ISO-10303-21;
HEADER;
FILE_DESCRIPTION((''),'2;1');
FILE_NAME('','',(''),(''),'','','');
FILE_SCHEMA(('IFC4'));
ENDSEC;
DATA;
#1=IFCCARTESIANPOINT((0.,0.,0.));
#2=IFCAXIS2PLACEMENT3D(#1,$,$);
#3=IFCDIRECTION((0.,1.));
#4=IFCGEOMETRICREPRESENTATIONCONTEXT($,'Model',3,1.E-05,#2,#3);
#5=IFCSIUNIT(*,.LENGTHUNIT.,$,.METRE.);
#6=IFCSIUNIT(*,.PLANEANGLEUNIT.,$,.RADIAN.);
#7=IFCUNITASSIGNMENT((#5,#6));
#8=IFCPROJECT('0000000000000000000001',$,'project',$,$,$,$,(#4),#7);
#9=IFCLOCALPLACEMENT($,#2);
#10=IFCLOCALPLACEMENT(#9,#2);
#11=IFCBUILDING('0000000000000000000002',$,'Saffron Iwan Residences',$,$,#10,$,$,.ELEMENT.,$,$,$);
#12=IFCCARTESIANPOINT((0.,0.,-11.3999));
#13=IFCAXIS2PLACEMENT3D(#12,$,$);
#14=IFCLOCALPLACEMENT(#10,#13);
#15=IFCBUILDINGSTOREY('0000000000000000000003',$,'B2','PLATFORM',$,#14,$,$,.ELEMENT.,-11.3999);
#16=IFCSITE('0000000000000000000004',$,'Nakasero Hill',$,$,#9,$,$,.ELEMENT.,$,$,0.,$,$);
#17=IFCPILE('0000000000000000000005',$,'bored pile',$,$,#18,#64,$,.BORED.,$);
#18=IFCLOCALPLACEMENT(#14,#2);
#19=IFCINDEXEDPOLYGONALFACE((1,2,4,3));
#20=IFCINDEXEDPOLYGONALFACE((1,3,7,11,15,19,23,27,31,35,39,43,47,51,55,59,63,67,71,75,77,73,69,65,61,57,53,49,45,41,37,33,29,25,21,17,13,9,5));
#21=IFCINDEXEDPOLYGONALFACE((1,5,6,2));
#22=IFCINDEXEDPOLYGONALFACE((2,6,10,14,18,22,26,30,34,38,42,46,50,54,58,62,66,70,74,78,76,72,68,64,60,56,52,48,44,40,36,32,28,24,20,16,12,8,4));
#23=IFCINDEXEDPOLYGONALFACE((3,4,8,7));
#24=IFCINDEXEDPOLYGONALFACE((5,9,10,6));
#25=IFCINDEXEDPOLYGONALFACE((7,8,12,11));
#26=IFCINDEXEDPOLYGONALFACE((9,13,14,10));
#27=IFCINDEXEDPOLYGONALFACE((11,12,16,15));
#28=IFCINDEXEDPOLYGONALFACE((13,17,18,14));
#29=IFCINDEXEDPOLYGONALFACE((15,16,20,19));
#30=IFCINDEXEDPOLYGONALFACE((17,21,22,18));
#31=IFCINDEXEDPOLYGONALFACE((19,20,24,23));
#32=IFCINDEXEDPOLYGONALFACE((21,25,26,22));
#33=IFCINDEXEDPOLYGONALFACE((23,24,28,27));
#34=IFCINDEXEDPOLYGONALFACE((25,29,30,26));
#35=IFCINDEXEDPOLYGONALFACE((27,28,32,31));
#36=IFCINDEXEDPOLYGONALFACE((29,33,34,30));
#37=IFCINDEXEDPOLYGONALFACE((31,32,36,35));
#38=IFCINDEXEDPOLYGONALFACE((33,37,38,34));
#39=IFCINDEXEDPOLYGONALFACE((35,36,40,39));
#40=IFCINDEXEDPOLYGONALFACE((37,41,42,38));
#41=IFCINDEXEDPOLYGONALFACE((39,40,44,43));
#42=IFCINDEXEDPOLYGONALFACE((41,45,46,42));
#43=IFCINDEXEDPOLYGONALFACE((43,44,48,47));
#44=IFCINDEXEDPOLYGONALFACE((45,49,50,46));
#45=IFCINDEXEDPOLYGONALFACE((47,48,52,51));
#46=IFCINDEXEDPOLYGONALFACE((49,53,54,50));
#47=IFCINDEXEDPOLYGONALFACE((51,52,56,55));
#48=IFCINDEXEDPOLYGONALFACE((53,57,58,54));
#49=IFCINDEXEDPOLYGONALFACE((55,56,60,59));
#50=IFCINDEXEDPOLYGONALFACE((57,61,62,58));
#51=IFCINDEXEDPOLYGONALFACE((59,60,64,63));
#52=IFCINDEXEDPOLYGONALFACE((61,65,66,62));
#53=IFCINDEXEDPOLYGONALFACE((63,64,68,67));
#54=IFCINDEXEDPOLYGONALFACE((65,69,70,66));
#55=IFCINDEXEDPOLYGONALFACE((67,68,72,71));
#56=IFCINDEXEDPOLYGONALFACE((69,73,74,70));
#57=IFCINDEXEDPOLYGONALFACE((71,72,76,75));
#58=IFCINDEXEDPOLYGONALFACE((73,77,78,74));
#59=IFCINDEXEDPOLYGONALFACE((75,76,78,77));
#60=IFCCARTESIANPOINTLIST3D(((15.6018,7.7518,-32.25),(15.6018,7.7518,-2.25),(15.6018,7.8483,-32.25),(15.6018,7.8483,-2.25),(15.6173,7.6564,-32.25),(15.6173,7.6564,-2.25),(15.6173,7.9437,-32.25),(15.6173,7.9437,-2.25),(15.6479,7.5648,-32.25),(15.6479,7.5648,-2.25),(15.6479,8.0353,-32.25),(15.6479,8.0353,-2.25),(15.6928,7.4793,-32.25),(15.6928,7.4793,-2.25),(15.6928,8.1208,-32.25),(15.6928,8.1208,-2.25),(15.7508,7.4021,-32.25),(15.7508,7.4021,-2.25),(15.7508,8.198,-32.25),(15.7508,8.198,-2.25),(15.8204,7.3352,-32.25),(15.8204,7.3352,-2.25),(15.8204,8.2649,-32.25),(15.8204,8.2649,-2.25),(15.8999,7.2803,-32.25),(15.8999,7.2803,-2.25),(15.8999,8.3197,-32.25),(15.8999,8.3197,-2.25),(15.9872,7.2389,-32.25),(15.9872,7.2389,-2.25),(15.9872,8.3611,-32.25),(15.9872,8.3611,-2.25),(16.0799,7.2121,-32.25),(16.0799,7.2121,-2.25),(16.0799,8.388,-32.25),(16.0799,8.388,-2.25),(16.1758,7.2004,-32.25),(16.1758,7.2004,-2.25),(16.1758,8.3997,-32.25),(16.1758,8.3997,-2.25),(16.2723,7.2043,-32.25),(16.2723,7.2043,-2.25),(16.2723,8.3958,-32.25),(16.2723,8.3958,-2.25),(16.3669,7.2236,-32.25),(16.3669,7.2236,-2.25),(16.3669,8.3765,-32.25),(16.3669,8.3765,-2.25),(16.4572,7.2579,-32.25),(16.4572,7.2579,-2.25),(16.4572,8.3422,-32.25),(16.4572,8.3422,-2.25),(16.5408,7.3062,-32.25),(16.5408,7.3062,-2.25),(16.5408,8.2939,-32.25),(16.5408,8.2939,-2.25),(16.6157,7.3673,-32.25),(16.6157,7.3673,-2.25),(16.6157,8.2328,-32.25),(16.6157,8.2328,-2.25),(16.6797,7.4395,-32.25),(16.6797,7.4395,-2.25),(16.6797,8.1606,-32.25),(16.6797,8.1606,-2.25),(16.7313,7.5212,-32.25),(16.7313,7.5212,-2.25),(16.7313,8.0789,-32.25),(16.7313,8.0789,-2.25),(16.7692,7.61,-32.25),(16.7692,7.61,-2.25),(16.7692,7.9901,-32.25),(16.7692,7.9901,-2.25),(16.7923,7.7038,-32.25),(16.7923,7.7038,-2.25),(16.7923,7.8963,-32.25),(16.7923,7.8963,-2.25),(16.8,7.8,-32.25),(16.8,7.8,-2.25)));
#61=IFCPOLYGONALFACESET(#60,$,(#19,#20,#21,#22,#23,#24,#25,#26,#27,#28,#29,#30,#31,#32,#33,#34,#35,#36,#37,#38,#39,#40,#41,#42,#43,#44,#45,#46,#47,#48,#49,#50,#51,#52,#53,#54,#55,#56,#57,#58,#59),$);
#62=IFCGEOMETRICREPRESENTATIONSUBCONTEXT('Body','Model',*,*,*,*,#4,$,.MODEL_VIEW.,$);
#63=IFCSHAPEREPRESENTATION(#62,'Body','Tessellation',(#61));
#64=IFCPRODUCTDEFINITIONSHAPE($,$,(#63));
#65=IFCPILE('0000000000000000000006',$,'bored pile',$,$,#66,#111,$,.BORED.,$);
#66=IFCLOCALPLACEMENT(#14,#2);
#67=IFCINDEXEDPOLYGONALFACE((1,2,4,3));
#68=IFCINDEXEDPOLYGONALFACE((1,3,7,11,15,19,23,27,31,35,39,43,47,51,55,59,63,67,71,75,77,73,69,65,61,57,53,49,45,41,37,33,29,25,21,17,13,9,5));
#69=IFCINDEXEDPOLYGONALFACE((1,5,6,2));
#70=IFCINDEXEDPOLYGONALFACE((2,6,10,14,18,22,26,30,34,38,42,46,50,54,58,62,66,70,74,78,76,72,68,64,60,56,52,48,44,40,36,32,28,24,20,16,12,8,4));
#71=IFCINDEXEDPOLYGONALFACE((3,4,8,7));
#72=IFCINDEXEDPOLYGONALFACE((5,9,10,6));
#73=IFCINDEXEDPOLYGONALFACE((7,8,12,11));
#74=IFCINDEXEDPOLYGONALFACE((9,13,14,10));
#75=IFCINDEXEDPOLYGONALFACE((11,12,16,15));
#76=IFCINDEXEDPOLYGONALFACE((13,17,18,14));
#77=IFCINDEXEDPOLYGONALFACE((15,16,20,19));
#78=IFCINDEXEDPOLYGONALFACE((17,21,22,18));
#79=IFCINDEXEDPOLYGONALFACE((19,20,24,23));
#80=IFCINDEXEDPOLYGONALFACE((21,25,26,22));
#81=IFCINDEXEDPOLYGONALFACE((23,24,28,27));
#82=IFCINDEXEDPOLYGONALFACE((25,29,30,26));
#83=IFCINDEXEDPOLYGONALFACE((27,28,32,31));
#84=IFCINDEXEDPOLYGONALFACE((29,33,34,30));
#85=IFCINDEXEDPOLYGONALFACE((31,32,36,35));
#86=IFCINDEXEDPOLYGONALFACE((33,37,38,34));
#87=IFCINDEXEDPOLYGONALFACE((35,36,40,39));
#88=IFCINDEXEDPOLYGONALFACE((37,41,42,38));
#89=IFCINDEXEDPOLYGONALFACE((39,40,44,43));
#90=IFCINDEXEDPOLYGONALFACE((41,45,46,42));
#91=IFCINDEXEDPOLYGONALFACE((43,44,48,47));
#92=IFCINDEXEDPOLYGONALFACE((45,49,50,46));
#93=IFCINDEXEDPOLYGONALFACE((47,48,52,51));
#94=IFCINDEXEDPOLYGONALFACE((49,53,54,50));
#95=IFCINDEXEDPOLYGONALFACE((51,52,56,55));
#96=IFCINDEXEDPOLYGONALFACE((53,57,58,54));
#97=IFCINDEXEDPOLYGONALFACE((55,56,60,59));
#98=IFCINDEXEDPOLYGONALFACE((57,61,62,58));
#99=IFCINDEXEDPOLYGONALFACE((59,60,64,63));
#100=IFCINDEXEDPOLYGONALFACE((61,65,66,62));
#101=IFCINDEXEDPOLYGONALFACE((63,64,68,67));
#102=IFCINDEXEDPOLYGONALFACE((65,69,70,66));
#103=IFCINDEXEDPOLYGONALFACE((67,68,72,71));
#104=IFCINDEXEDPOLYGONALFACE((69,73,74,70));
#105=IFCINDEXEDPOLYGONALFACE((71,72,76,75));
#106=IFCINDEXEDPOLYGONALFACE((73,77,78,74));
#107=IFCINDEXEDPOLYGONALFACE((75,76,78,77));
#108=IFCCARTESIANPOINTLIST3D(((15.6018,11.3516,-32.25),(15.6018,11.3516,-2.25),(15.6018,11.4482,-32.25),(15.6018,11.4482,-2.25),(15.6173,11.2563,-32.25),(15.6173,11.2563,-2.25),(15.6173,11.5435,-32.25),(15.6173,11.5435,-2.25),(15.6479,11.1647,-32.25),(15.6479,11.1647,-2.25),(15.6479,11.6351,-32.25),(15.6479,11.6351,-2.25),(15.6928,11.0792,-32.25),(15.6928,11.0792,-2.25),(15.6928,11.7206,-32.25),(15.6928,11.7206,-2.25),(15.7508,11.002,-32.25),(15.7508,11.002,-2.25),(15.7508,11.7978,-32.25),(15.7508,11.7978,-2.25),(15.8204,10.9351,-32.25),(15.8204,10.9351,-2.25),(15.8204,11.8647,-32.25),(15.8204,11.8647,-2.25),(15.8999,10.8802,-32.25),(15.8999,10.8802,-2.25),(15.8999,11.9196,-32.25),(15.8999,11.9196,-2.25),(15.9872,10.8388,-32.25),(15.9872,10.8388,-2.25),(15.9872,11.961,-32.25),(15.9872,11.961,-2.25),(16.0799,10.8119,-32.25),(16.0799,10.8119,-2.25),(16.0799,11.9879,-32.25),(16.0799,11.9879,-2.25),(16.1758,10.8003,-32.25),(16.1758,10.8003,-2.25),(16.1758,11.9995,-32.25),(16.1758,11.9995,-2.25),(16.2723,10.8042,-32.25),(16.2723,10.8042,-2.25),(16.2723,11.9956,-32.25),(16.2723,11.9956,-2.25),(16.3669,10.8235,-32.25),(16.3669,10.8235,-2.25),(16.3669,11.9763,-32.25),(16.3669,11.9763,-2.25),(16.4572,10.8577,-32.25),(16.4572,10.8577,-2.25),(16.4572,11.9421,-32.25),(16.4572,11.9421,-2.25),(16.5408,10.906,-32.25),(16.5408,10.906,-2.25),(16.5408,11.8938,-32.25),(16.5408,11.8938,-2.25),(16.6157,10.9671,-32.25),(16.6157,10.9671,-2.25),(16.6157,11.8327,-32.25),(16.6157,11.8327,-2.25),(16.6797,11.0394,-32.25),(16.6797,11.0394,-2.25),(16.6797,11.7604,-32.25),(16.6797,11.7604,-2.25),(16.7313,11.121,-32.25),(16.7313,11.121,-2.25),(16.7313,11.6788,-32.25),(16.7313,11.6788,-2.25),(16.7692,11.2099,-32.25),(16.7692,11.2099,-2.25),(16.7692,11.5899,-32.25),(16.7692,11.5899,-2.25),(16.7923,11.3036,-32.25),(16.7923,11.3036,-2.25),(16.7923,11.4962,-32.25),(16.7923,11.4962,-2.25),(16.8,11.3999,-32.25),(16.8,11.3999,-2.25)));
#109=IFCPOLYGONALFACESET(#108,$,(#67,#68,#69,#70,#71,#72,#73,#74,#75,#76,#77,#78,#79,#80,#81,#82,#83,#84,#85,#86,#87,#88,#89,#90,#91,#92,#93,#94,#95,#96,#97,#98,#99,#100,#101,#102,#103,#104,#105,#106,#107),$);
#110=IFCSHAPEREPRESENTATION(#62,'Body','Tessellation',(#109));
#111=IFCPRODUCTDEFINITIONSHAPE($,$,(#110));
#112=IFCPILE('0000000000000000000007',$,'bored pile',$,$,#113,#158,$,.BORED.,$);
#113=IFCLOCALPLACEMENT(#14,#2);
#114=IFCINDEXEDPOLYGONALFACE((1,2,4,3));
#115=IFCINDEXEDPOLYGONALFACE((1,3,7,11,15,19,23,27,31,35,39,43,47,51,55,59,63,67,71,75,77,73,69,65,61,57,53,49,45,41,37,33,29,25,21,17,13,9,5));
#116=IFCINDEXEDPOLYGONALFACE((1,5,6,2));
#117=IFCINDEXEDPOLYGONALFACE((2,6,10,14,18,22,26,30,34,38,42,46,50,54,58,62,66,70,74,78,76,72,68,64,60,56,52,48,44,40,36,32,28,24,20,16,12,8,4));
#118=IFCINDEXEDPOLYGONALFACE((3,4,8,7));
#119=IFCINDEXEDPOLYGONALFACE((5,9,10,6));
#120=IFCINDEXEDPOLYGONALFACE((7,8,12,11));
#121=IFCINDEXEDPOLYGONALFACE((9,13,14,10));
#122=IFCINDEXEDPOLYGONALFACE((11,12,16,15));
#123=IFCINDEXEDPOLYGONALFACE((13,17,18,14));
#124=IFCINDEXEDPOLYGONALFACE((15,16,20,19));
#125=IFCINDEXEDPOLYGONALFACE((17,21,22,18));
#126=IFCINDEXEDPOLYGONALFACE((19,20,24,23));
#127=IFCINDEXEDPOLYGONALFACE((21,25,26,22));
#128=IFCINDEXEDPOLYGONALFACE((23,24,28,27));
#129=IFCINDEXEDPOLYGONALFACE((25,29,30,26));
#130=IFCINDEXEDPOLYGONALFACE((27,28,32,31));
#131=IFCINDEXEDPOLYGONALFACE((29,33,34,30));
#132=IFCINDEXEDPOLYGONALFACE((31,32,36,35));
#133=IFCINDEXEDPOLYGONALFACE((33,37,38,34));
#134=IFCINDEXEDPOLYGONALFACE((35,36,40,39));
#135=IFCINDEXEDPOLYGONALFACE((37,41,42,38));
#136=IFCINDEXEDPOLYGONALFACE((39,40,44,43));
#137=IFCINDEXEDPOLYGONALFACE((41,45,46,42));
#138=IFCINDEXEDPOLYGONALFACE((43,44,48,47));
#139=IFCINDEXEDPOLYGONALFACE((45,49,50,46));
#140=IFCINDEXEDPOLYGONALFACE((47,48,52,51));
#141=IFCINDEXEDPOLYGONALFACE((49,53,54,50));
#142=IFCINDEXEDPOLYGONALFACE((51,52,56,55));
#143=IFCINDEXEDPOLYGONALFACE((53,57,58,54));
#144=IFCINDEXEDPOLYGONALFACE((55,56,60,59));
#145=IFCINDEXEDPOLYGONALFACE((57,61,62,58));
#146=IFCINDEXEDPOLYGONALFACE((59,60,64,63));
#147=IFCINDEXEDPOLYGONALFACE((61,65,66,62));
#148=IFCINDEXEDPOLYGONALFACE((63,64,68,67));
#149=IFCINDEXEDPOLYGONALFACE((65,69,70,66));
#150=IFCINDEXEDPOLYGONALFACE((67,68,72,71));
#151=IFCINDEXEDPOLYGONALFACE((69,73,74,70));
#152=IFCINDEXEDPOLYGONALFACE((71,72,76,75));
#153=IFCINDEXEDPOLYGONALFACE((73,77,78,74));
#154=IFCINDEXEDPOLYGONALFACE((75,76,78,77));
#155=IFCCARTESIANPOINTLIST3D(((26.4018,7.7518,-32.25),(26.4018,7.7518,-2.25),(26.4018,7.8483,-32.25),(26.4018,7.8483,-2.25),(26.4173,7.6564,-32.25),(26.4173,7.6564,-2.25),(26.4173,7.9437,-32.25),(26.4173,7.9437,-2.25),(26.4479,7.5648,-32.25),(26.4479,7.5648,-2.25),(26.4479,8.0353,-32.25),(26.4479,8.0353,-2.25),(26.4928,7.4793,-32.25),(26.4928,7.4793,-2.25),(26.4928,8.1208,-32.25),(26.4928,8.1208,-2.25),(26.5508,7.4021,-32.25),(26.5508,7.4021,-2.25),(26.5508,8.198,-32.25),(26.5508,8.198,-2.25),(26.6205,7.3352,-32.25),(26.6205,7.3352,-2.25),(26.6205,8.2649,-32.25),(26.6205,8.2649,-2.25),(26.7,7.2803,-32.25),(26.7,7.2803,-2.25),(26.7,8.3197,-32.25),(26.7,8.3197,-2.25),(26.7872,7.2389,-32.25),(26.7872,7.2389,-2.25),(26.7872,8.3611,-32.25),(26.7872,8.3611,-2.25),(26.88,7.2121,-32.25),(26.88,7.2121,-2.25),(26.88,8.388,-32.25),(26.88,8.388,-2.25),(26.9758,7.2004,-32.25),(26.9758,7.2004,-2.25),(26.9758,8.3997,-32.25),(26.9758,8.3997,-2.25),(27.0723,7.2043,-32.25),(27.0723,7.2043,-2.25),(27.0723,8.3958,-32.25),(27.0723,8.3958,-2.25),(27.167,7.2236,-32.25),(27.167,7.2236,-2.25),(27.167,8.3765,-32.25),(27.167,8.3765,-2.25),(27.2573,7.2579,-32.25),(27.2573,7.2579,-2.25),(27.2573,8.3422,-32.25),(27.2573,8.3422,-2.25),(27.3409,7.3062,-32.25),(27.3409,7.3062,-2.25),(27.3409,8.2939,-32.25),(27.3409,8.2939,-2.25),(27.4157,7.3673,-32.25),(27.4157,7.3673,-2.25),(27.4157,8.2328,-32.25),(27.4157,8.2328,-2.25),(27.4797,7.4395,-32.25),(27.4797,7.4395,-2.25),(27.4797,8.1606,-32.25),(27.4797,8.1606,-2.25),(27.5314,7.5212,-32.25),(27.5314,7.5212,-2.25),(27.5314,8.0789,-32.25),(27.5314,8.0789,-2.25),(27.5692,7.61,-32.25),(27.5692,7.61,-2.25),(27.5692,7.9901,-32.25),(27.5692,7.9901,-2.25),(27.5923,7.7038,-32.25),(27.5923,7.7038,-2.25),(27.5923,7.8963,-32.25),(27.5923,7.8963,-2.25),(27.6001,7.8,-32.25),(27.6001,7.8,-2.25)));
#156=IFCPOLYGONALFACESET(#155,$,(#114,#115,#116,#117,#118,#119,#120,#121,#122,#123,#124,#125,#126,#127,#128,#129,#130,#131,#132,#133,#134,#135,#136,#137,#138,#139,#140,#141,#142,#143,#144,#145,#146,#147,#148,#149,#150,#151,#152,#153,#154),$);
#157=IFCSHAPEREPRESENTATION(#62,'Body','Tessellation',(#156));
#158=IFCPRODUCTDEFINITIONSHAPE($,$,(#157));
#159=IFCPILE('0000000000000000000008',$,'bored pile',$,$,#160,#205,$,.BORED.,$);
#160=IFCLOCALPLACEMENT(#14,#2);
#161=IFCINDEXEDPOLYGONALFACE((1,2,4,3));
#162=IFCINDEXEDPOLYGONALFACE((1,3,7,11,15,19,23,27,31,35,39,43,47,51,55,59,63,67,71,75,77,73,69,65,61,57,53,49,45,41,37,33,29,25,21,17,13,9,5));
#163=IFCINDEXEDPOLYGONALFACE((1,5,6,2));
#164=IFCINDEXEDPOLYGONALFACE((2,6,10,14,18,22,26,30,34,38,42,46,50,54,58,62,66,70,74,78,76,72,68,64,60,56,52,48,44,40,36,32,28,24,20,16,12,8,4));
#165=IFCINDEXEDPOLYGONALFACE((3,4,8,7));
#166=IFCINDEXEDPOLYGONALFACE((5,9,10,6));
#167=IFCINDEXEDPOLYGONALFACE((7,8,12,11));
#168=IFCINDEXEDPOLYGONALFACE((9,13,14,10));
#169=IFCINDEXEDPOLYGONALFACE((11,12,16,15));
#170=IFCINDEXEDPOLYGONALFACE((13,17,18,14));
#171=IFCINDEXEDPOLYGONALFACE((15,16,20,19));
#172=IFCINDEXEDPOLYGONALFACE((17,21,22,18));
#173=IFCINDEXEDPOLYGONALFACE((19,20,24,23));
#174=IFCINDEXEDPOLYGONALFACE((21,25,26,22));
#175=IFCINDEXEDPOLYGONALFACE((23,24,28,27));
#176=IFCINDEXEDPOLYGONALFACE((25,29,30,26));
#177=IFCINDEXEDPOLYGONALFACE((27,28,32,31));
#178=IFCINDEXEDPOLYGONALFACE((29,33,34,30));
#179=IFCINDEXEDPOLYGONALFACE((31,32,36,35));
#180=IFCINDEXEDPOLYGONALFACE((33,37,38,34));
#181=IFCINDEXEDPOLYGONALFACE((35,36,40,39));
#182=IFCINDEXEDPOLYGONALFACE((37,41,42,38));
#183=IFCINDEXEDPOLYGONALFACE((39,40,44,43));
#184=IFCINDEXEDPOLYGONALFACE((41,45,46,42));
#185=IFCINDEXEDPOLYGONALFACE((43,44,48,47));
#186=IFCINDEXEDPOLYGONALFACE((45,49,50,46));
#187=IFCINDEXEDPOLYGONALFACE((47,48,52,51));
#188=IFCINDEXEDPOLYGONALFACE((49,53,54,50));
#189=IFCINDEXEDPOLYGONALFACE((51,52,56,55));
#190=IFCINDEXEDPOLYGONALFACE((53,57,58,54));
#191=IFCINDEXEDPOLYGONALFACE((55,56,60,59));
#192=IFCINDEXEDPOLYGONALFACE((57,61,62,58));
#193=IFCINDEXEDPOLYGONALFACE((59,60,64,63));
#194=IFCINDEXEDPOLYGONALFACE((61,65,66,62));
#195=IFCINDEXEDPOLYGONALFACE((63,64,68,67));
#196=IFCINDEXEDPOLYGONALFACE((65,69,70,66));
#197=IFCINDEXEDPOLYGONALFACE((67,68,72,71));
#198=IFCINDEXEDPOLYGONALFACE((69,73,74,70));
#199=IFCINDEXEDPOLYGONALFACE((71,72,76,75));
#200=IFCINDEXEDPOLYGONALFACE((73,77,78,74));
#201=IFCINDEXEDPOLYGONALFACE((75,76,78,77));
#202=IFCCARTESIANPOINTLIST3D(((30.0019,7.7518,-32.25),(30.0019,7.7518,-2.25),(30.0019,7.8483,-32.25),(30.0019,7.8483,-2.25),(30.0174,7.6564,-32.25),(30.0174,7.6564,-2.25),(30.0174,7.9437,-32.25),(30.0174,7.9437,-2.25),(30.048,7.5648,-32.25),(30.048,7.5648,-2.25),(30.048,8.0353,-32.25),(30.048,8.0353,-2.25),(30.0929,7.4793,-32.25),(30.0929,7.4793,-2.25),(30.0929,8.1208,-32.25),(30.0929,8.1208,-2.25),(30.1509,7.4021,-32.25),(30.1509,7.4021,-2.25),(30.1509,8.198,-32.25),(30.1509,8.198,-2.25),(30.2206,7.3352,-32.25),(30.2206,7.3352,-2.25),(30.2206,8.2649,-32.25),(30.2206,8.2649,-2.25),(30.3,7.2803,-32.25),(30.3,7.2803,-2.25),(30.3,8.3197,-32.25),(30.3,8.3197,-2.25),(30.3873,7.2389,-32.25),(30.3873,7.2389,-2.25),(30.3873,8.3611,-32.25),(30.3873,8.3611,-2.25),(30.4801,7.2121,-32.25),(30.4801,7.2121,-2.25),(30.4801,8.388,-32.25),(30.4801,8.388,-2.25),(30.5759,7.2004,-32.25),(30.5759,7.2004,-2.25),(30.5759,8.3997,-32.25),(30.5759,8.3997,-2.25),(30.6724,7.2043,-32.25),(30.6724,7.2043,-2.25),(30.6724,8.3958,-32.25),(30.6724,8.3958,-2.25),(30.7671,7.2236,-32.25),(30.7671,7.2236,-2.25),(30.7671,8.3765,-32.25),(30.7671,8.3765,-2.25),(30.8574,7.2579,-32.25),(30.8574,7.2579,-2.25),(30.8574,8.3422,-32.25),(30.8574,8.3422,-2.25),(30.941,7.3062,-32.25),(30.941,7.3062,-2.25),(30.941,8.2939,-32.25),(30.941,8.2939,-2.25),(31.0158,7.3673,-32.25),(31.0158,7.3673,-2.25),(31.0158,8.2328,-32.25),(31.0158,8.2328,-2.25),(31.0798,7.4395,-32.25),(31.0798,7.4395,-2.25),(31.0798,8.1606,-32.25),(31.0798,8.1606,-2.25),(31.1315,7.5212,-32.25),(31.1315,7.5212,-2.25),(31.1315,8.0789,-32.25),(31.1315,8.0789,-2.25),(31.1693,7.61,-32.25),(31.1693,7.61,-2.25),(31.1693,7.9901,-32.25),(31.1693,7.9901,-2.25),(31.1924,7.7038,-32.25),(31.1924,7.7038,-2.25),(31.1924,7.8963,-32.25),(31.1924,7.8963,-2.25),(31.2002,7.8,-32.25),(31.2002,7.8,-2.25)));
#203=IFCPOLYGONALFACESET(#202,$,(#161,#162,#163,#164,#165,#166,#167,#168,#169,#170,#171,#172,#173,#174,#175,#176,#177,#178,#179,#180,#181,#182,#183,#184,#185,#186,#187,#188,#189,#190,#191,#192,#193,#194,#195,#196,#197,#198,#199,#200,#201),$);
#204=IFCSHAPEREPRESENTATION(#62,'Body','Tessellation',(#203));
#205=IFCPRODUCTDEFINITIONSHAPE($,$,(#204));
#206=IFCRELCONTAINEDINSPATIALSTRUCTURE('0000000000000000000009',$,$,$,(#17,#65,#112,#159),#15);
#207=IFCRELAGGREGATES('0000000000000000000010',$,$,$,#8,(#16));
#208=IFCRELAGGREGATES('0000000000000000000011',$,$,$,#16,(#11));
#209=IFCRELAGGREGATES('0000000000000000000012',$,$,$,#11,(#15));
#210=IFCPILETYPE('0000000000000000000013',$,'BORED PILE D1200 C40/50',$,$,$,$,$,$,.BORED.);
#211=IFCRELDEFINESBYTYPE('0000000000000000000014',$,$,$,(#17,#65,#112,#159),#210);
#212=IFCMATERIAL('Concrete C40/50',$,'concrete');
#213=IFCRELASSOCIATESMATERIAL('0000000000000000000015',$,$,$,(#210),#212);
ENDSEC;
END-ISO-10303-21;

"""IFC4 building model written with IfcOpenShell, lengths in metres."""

from ifc_helpers import new_model, si_unit, direction, frame, origin, origin_2d, place, context, subcontext, project, spatial, circle, extrude, material, material_profile, profile_set, type_object, element, save


model = new_model("IFC4")

# Units and contexts
model_context = context("Model", 3, precision=1e-05, world=origin(), true_north=direction((0.0, 1.0)))
body_context = subcontext(model_context, "Body", "Model", "MODEL_VIEW")
ifc_project = project(units=[si_unit("LENGTHUNIT", "METRE"), si_unit("PLANEANGLEUNIT", "RADIAN")], contexts=[model_context])

# Site, building, storey
site_placement = place(None, origin())
site = spatial("IfcSite", under=ifc_project, at=site_placement, Name="Nakasero Hill", CompositionType="ELEMENT", RefElevation=0.0)
building_placement = place(site_placement, origin())
building = spatial("IfcBuilding", under=site, at=building_placement, Name="Saffron Iwan Residences", CompositionType="ELEMENT")
storey_placement = place(building_placement, frame((0.0, 0.0, -11.3999)))
storey = spatial("IfcBuildingStorey", under=building, at=storey_placement, Name="B2", Description="PLATFORM", CompositionType="ELEMENT", Elevation=-11.3999)

# Piles
ifc_material_1 = material(Name="Concrete C40/50", Category="concrete")
ifc_material_profile_1 = material_profile(ifc_material_1, circle(Radius=0.6001, at=origin_2d()), Name="RC D1200")
ifc_profile_set_1 = profile_set([ifc_material_profile_1], Name="Concrete C40/50")
pile_type = type_object("IfcPileType", Name="BORED PILE D1200 C40/50", PredefinedType="BORED", material=ifc_profile_set_1)
for number, where, z_axis, x_axis, name in (
    (1, (16.2, 7.8, -2.25), (0.0, 0.0, -1.0), (1.0, 0.0, 0.0), "bored pile"),
    (2, (16.2, 11.3999, -2.25), (0.0, 0.0, -1.0), (1.0, 0.0, 0.0), "bored pile"),
    (3, (27.0, 7.8, -2.25), (0.0, 0.0, -1.0), (1.0, 0.0, 0.0), "bored pile"),
    (4, (30.6001, 7.8, -2.25), (0.0, 0.0, -1.0), (1.0, 0.0, 0.0), "bored pile"),
):
    element("IfcPile", number, at=place(storey_placement, frame(where, z_axis=z_axis, x_axis=x_axis)), inside=storey, type_object=pile_type, Name=name, PredefinedType="BORED", context=body_context, shape_type="SweptSolid", body=[
        extrude(circle(Radius=0.6001, at=origin_2d()), origin(), (0.0, 0.0, 1.0), 30.0),
    ])

save(model, "model.ifc")
